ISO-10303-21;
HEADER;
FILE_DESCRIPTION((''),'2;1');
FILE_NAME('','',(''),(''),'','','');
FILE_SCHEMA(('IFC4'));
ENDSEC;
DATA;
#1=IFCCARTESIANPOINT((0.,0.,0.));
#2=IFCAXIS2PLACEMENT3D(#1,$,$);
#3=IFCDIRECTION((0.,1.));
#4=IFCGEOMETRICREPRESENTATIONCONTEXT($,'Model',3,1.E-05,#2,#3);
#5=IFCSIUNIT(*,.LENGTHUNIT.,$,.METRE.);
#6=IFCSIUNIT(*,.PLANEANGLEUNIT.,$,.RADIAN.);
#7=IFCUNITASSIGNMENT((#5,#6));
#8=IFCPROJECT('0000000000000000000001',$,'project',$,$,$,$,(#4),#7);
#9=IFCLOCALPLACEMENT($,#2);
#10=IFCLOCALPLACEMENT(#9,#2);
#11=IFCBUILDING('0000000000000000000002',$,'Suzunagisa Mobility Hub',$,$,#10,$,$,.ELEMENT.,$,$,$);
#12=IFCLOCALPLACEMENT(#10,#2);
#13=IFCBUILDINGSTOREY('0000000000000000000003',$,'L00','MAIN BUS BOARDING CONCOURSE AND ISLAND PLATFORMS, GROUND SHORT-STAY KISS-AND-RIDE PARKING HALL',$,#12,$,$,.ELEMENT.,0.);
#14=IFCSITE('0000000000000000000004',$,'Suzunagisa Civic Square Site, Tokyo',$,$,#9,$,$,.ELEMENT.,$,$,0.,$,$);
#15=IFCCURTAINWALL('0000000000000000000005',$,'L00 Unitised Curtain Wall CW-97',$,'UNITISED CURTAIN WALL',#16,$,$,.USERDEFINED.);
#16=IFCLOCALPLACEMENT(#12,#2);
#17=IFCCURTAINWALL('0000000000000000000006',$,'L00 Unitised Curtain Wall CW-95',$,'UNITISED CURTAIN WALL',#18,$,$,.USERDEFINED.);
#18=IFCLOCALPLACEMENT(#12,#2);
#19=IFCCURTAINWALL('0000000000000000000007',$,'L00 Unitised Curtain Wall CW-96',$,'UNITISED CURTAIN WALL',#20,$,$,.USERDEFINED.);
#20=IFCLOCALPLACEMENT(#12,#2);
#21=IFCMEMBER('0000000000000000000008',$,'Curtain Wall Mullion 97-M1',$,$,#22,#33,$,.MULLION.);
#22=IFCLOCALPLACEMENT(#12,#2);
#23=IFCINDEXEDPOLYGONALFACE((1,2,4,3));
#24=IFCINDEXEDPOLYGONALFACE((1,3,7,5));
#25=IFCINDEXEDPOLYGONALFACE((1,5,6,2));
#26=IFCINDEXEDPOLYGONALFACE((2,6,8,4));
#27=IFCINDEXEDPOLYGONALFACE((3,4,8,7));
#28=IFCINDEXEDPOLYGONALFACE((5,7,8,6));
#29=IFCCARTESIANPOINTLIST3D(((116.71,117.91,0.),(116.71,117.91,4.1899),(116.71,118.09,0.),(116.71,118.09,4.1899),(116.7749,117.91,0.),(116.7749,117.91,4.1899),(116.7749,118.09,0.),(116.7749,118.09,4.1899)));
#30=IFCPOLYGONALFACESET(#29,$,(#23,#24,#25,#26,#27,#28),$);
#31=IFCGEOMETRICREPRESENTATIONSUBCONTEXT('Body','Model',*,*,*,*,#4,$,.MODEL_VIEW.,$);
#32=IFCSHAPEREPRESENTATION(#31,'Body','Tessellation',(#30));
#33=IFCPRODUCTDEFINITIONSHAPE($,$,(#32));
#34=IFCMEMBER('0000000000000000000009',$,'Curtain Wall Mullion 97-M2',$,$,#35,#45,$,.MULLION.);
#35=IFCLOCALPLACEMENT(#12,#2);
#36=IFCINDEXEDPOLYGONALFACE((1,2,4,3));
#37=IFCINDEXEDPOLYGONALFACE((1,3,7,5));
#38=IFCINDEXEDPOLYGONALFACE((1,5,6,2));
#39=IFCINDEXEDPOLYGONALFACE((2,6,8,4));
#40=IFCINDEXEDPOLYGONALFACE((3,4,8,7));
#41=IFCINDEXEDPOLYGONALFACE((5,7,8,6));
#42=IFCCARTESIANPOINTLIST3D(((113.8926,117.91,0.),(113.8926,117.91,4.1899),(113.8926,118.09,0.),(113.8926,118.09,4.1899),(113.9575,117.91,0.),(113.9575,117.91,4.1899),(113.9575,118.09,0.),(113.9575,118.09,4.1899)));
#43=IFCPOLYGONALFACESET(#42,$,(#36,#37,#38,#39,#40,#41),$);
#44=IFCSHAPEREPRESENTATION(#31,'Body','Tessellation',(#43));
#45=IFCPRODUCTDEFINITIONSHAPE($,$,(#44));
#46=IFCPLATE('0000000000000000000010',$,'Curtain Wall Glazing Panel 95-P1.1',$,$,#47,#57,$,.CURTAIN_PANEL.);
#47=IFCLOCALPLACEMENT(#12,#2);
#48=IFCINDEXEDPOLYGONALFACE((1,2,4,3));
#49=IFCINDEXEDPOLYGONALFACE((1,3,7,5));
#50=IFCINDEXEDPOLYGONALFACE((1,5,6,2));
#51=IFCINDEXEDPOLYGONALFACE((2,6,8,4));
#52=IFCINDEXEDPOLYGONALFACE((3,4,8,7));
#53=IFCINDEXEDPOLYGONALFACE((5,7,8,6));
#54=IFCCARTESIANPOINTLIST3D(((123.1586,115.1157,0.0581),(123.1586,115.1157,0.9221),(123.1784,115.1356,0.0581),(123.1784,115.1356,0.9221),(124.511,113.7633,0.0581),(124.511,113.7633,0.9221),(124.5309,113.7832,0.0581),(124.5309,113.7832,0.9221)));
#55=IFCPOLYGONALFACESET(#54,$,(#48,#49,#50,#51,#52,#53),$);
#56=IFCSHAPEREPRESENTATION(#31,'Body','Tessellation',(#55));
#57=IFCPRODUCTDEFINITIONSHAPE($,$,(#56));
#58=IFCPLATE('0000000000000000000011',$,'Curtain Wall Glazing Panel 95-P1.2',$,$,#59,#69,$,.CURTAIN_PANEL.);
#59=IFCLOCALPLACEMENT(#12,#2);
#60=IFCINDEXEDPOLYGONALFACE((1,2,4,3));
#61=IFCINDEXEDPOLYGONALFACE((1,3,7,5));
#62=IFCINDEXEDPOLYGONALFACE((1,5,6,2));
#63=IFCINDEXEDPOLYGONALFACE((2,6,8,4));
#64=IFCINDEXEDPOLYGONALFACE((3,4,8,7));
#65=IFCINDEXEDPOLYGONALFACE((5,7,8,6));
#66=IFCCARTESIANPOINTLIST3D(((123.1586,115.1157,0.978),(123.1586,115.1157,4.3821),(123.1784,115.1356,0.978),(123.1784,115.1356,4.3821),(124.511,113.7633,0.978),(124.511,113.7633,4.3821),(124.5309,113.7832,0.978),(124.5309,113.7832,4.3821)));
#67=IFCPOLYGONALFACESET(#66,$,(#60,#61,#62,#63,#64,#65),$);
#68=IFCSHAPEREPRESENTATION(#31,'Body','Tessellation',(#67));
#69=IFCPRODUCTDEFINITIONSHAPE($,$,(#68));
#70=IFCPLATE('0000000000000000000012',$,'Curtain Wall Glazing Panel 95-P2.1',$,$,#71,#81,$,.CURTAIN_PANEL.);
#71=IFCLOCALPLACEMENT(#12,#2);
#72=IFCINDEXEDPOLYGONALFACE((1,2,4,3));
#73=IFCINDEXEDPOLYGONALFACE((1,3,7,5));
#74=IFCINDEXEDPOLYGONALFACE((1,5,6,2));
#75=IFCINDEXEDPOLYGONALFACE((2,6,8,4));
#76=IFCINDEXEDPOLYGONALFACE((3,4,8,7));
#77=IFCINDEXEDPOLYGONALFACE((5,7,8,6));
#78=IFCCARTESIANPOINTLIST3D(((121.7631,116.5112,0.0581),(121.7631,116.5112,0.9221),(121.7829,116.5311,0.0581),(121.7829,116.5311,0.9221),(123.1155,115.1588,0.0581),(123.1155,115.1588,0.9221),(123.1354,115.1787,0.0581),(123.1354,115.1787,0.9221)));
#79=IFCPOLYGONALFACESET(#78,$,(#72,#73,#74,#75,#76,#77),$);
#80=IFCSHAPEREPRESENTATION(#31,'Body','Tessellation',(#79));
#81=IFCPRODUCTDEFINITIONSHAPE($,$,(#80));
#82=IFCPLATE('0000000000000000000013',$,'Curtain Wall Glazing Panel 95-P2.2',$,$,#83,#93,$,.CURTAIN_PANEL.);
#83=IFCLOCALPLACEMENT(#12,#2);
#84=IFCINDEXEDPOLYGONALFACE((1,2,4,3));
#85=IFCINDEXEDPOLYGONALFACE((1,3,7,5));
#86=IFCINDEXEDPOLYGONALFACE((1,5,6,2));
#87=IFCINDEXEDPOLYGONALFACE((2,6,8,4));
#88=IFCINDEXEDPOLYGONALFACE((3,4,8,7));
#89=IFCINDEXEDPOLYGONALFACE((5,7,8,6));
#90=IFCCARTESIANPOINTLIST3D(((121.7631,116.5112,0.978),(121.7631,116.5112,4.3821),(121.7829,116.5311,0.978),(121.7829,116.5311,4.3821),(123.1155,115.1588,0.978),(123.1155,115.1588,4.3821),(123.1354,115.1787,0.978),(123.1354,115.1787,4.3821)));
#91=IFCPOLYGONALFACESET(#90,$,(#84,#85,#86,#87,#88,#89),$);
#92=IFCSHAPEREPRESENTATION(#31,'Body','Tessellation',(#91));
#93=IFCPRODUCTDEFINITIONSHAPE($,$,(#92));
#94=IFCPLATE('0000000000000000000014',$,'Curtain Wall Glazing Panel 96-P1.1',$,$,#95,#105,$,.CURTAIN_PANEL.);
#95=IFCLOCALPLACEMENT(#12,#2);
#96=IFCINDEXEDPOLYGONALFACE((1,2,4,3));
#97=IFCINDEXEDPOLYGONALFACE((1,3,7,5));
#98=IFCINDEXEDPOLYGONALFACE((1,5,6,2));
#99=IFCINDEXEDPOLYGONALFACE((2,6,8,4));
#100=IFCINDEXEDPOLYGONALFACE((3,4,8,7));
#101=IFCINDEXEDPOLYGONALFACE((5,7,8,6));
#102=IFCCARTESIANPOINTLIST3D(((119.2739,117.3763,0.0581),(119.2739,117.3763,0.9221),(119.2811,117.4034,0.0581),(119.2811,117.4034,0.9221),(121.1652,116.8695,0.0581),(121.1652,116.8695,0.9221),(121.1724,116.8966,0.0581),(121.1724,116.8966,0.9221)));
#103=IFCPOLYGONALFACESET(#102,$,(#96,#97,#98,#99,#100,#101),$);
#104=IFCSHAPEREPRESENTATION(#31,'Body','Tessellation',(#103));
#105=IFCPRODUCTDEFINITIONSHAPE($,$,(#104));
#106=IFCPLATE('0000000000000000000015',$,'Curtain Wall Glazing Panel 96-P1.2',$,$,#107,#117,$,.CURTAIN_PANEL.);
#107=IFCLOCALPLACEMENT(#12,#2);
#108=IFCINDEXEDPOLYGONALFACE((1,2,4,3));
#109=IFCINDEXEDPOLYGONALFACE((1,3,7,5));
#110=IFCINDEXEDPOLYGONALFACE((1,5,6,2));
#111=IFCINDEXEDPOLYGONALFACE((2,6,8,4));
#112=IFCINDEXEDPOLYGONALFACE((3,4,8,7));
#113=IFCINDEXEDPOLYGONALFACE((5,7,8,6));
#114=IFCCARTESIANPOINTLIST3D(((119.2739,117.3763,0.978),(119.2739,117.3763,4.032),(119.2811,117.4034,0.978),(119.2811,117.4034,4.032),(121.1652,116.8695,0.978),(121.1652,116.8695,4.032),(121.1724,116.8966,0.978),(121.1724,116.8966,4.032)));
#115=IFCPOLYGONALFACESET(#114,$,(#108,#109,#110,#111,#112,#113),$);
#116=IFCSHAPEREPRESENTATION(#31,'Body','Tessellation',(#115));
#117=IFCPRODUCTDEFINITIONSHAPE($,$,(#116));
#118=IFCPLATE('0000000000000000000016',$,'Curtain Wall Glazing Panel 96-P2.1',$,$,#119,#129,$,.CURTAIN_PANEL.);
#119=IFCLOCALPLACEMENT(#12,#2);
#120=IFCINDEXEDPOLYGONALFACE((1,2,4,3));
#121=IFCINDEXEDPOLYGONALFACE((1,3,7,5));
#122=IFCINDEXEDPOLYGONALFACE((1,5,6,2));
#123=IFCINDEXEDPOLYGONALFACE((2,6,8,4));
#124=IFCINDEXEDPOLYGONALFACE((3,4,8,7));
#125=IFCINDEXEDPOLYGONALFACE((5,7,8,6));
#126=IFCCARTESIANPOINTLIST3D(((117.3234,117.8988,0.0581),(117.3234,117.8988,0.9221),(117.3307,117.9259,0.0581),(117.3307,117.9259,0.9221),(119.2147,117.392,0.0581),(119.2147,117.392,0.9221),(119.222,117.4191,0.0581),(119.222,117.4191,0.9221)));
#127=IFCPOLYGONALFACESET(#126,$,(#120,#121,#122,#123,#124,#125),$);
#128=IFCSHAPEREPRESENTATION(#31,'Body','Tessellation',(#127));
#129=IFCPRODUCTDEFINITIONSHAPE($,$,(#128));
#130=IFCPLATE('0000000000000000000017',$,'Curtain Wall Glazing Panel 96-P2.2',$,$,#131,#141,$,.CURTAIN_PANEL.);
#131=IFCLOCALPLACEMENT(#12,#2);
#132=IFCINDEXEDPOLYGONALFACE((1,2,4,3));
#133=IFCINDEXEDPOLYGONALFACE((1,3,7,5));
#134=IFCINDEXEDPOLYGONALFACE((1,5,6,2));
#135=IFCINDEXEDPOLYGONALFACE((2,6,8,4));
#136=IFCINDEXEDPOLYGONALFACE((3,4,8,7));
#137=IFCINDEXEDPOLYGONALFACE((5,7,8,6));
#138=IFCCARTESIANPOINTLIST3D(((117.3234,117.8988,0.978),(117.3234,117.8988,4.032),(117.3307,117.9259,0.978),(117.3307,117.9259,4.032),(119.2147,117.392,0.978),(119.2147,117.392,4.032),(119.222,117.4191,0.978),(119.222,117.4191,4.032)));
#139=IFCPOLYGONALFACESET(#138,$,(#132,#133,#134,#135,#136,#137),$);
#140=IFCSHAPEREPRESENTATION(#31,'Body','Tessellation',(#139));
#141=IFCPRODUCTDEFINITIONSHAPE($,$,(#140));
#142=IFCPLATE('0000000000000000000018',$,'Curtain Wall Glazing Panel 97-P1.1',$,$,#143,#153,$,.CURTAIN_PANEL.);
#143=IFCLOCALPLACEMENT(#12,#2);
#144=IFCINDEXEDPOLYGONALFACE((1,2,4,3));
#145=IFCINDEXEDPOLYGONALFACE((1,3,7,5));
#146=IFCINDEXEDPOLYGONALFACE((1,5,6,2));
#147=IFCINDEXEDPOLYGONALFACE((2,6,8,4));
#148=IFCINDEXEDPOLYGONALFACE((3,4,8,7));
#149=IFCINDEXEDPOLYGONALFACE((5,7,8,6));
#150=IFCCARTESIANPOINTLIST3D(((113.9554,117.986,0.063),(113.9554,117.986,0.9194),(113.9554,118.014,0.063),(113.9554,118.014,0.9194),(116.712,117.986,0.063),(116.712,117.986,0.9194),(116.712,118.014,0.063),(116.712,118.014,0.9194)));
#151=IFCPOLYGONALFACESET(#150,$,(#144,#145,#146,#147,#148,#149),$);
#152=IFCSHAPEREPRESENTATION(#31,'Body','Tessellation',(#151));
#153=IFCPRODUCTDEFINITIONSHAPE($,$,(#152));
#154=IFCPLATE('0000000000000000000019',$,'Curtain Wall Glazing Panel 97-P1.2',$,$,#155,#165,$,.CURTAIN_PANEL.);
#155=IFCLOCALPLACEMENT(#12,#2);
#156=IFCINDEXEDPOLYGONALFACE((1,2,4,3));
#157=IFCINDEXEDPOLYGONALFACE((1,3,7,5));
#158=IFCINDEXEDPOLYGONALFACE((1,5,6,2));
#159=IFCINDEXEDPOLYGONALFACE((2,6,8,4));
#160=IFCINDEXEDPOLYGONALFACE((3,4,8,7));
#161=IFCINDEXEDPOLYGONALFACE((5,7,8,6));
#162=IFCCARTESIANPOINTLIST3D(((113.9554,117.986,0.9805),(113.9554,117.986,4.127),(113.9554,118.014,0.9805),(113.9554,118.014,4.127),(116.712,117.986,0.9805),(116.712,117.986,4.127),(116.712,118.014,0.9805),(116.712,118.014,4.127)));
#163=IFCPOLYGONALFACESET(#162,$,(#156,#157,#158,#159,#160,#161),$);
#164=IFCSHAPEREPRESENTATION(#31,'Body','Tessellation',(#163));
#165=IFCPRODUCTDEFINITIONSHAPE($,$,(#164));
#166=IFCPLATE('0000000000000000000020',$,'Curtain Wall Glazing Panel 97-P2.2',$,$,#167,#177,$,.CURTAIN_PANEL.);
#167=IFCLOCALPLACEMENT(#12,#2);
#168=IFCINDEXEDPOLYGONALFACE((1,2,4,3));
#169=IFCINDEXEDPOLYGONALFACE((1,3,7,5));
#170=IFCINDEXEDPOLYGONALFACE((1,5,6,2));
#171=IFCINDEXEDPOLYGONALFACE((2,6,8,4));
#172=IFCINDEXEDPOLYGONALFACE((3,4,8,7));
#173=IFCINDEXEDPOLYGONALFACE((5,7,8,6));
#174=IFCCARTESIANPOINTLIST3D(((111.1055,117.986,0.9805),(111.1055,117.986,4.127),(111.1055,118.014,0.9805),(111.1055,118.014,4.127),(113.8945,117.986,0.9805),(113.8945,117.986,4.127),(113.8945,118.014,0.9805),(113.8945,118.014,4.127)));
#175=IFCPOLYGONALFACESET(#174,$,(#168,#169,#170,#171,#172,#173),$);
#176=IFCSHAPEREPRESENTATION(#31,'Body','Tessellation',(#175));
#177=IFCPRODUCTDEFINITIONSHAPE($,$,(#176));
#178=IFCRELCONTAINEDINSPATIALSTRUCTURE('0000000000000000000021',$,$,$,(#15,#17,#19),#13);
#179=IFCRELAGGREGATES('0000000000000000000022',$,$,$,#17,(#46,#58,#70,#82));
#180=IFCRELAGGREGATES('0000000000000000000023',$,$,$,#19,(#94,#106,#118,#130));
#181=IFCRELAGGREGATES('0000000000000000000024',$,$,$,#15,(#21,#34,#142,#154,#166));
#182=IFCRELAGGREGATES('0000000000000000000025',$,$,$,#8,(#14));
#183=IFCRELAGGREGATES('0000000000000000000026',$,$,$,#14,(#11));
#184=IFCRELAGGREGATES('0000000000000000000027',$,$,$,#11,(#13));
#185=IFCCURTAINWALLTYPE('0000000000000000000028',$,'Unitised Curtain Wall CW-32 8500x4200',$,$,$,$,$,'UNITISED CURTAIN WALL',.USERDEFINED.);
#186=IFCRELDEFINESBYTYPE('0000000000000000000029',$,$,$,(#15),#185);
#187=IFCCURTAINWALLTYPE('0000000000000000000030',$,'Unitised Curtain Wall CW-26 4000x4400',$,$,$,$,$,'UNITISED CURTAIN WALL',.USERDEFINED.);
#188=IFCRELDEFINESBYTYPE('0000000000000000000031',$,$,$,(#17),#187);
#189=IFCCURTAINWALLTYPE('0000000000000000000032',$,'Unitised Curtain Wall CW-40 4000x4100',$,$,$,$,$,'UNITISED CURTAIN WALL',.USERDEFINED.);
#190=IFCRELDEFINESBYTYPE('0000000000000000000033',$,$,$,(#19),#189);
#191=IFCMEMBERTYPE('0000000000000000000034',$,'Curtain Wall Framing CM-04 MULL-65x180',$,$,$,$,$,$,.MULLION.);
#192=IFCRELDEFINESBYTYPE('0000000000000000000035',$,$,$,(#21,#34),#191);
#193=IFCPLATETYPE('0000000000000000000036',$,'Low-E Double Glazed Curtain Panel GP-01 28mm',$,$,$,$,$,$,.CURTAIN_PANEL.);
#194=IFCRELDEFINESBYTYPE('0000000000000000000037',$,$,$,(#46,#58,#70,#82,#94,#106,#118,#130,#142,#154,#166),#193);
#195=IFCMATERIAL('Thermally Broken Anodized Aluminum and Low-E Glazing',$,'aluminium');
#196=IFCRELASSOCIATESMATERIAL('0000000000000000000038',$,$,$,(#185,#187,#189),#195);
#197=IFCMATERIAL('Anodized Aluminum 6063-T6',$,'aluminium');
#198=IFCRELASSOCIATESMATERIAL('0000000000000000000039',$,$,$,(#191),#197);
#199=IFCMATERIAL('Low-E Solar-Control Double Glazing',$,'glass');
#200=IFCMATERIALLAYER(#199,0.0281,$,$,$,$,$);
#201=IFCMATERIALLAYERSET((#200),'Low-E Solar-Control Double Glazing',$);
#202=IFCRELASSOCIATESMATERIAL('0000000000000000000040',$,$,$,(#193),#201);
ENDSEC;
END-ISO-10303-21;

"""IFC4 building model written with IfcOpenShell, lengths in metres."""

from ifc_helpers import new_model, si_unit, direction, frame, origin, origin_2d, place, context, subcontext, project, spatial, rectangle, extrude, material, layer, layer_set, material_profile, profile_set, type_object, element, aggregate, save


model = new_model("IFC4")

# Units and contexts
model_context = context("Model", 3, precision=1e-05, world=origin(), true_north=direction((0.0, 1.0)))
body_context = subcontext(model_context, "Body", "Model", "MODEL_VIEW")
ifc_project = project(units=[si_unit("LENGTHUNIT", "METRE"), si_unit("PLANEANGLEUNIT", "RADIAN")], contexts=[model_context])

# Site, building, storey
site_placement = place(None, origin())
site = spatial("IfcSite", under=ifc_project, at=site_placement, Name="Suzunagisa Civic Square Site, Tokyo", CompositionType="ELEMENT", RefElevation=0.0)
building_placement = place(site_placement, origin())
building = spatial("IfcBuilding", under=site, at=building_placement, Name="Suzunagisa Mobility Hub", CompositionType="ELEMENT")
storey_placement = place(building_placement, origin())
storey = spatial("IfcBuildingStorey", under=building, at=storey_placement, Name="L00", Description="MAIN BUS BOARDING CONCOURSE AND ISLAND PLATFORMS, GROUND SHORT-STAY KISS-AND-RIDE PARKING HALL", CompositionType="ELEMENT", Elevation=0.0)

# Curtain walls
ifc_material_1 = material(Name="Thermally Broken Anodized Aluminum and Low-E Glazing", Category="aluminium")
curtain_wall_type_1 = type_object("IfcCurtainWallType", Name="Unitised Curtain Wall CW-32 8500x4200", ElementType="UNITISED CURTAIN WALL", PredefinedType="USERDEFINED", material=ifc_material_1)
curtain_wall_1_placement = place(storey_placement, origin())
curtain_wall_1 = element("IfcCurtainWall", 1, at=curtain_wall_1_placement, inside=storey, type_object=curtain_wall_type_1, Name="L00 Unitised Curtain Wall CW-97", ObjectType="UNITISED CURTAIN WALL", PredefinedType="USERDEFINED")
ifc_material_2 = material(Name="Anodized Aluminum 6063-T6", Category="aluminium")
curtain_wall_type_2 = type_object("IfcCurtainWallType", Name="Unitised Curtain Wall CW-26 4000x4400", ElementType="UNITISED CURTAIN WALL", PredefinedType="USERDEFINED", material=ifc_material_1)
curtain_wall_2_placement = place(storey_placement, origin())
curtain_wall_2 = element("IfcCurtainWall", 2, at=curtain_wall_2_placement, inside=storey, type_object=curtain_wall_type_2, Name="L00 Unitised Curtain Wall CW-95", ObjectType="UNITISED CURTAIN WALL", PredefinedType="USERDEFINED")
curtain_wall_type_3 = type_object("IfcCurtainWallType", Name="Unitised Curtain Wall CW-40 4000x4100", ElementType="UNITISED CURTAIN WALL", PredefinedType="USERDEFINED", material=ifc_material_1)
curtain_wall_3_placement = place(storey_placement, origin())
curtain_wall_3 = element("IfcCurtainWall", 3, at=curtain_wall_3_placement, inside=storey, type_object=curtain_wall_type_3, Name="L00 Unitised Curtain Wall CW-96", ObjectType="UNITISED CURTAIN WALL", PredefinedType="USERDEFINED")

# Members
ifc_material_profile_1 = material_profile(ifc_material_2, rectangle(XDim=0.0649, YDim=0.1799, at=origin_2d()), Name="MULL-65x180")
ifc_profile_set_1 = profile_set([ifc_material_profile_1], Name="Anodized Aluminum 6063-T6")
member_type_1 = type_object("IfcMemberType", Name="Curtain Wall Framing CM-04 MULL-65x180", PredefinedType="MULLION", material=ifc_profile_set_1)
member_1_placement = place(storey_placement, frame((116.7424, 118.0, 0.0), z_axis=(0.0, 0.0, 1.0), x_axis=(-1.0, 0.0, 0.0)))
member_1 = element("IfcMember", 4, at=member_1_placement, type_object=member_type_1, Name="Curtain Wall Mullion 97-M1", PredefinedType="MULLION", context=body_context, shape_type="SweptSolid", body=[
    extrude(rectangle(XDim=0.0649, YDim=0.1799, at=origin_2d()), origin(), (0.0, 0.0, 1.0), 4.1899),
])
member_2_placement = place(storey_placement, frame((113.925, 118.0, 0.0), z_axis=(0.0, 0.0, 1.0), x_axis=(-1.0, 0.0, 0.0)))
member_2 = element("IfcMember", 5, at=member_2_placement, type_object=member_type_1, Name="Curtain Wall Mullion 97-M2", PredefinedType="MULLION", context=body_context, shape_type="SweptSolid", body=[
    extrude(rectangle(XDim=0.0649, YDim=0.1799, at=origin_2d()), origin(), (0.0, 0.0, 1.0), 4.1899),
])

# Plates
ifc_material_3 = material(Name="Low-E Solar-Control Double Glazing", Category="glass")
ifc_layer = layer(ifc_material_3, 0.0281)
ifc_layer_set = layer_set([ifc_layer], Name="Low-E Solar-Control Double Glazing")
plate_type = type_object("IfcPlateType", Name="Low-E Double Glazed Curtain Panel GP-01 28mm", PredefinedType="CURTAIN_PANEL", material=ifc_layer_set)
plate_1_placement = place(storey_placement, frame((123.8447, 114.4495, 0.0581), z_axis=(0.0, 0.0, 1.0), x_axis=(-0.707107, 0.707107, 0.0)))
plate_1 = element("IfcPlate", 6, at=plate_1_placement, type_object=plate_type, Name="Curtain Wall Glazing Panel 95-P1.1", PredefinedType="CURTAIN_PANEL", context=body_context, shape_type="SweptSolid", body=[
    extrude(rectangle(XDim=1.9126, YDim=0.0281, at=origin_2d()), origin(), (0.0, 0.0, 1.0), 0.864),
])
plate_2_placement = place(storey_placement, frame((123.8447, 114.4495, 0.978), z_axis=(0.0, 0.0, 1.0), x_axis=(-0.707107, 0.707107, 0.0)))
plate_2 = element("IfcPlate", 7, at=plate_2_placement, type_object=plate_type, Name="Curtain Wall Glazing Panel 95-P1.2", PredefinedType="CURTAIN_PANEL", context=body_context, shape_type="SweptSolid", body=[
    extrude(rectangle(XDim=1.9126, YDim=0.0281, at=origin_2d()), origin(), (0.0, 0.0, 1.0), 3.4041),
])
plate_3_placement = place(storey_placement, frame((122.4492, 115.845, 0.0581), z_axis=(0.0, 0.0, 1.0), x_axis=(-0.707107, 0.707107, 0.0)))
plate_3 = element("IfcPlate", 8, at=plate_3_placement, type_object=plate_type, Name="Curtain Wall Glazing Panel 95-P2.1", PredefinedType="CURTAIN_PANEL", context=body_context, shape_type="SweptSolid", body=[
    extrude(rectangle(XDim=1.9126, YDim=0.0281, at=origin_2d()), origin(), (0.0, 0.0, 1.0), 0.864),
])
plate_4_placement = place(storey_placement, frame((122.4492, 115.845, 0.978), z_axis=(0.0, 0.0, 1.0), x_axis=(-0.707107, 0.707107, 0.0)))
plate_4 = element("IfcPlate", 9, at=plate_4_placement, type_object=plate_type, Name="Curtain Wall Glazing Panel 95-P2.2", PredefinedType="CURTAIN_PANEL", context=body_context, shape_type="SweptSolid", body=[
    extrude(rectangle(XDim=1.9126, YDim=0.0281, at=origin_2d()), origin(), (0.0, 0.0, 1.0), 3.4041),
])
aggregate(curtain_wall_2, [plate_1, plate_2, plate_3, plate_4])
plate_5_placement = place(storey_placement, frame((120.2231, 117.1365, 0.0581), z_axis=(0.0, 0.0, 1.0), x_axis=(-0.965925, 0.258821, 0.0)))
plate_5 = element("IfcPlate", 10, at=plate_5_placement, type_object=plate_type, Name="Curtain Wall Glazing Panel 96-P1.1", PredefinedType="CURTAIN_PANEL", context=body_context, shape_type="SweptSolid", body=[
    extrude(rectangle(XDim=1.958, YDim=0.0281, at=origin_2d()), origin(), (0.0, 0.0, 1.0), 0.864),
])
plate_6_placement = place(storey_placement, frame((120.2231, 117.1365, 0.978), z_axis=(0.0, 0.0, 1.0), x_axis=(-0.965925, 0.258821, 0.0)))
plate_6 = element("IfcPlate", 11, at=plate_6_placement, type_object=plate_type, Name="Curtain Wall Glazing Panel 96-P1.2", PredefinedType="CURTAIN_PANEL", context=body_context, shape_type="SweptSolid", body=[
    extrude(rectangle(XDim=1.958, YDim=0.0281, at=origin_2d()), origin(), (0.0, 0.0, 1.0), 3.054),
])
plate_7_placement = place(storey_placement, frame((118.2727, 117.6589, 0.0581), z_axis=(0.0, 0.0, 1.0), x_axis=(-0.965925, 0.258821, 0.0)))
plate_7 = element("IfcPlate", 12, at=plate_7_placement, type_object=plate_type, Name="Curtain Wall Glazing Panel 96-P2.1", PredefinedType="CURTAIN_PANEL", context=body_context, shape_type="SweptSolid", body=[
    extrude(rectangle(XDim=1.958, YDim=0.0281, at=origin_2d()), origin(), (0.0, 0.0, 1.0), 0.864),
])
plate_8_placement = place(storey_placement, frame((118.2727, 117.6589, 0.978), z_axis=(0.0, 0.0, 1.0), x_axis=(-0.965925, 0.258821, 0.0)))
plate_8 = element("IfcPlate", 13, at=plate_8_placement, type_object=plate_type, Name="Curtain Wall Glazing Panel 96-P2.2", PredefinedType="CURTAIN_PANEL", context=body_context, shape_type="SweptSolid", body=[
    extrude(rectangle(XDim=1.958, YDim=0.0281, at=origin_2d()), origin(), (0.0, 0.0, 1.0), 3.054),
])
aggregate(curtain_wall_3, [plate_5, plate_6, plate_7, plate_8])
plate_9_placement = place(storey_placement, frame((115.3337, 118.0, 0.063), z_axis=(0.0, 0.0, 1.0), x_axis=(-1.0, 0.0, 0.0)))
plate_9 = element("IfcPlate", 14, at=plate_9_placement, type_object=plate_type, Name="Curtain Wall Glazing Panel 97-P1.1", PredefinedType="CURTAIN_PANEL", context=body_context, shape_type="SweptSolid", body=[
    extrude(rectangle(XDim=2.7566, YDim=0.0281, at=origin_2d()), origin(), (0.0, 0.0, 1.0), 0.8564),
])
plate_10_placement = place(storey_placement, frame((115.3337, 118.0, 0.9805), z_axis=(0.0, 0.0, 1.0), x_axis=(-1.0, 0.0, 0.0)))
plate_10 = element("IfcPlate", 15, at=plate_10_placement, type_object=plate_type, Name="Curtain Wall Glazing Panel 97-P1.2", PredefinedType="CURTAIN_PANEL", context=body_context, shape_type="SweptSolid", body=[
    extrude(rectangle(XDim=2.7566, YDim=0.0281, at=origin_2d()), origin(), (0.0, 0.0, 1.0), 3.1465),
])
plate_11_placement = place(storey_placement, frame((112.5, 118.0, 0.9805), z_axis=(0.0, 0.0, 1.0), x_axis=(-1.0, 0.0, 0.0)))
plate_11 = element("IfcPlate", 16, at=plate_11_placement, type_object=plate_type, Name="Curtain Wall Glazing Panel 97-P2.2", PredefinedType="CURTAIN_PANEL", context=body_context, shape_type="SweptSolid", body=[
    extrude(rectangle(XDim=2.7891, YDim=0.0281, at=origin_2d()), origin(), (0.0, 0.0, 1.0), 3.1465),
])
aggregate(curtain_wall_1, [member_1, member_2, plate_9, plate_10, plate_11])

save(model, "model.ifc")
